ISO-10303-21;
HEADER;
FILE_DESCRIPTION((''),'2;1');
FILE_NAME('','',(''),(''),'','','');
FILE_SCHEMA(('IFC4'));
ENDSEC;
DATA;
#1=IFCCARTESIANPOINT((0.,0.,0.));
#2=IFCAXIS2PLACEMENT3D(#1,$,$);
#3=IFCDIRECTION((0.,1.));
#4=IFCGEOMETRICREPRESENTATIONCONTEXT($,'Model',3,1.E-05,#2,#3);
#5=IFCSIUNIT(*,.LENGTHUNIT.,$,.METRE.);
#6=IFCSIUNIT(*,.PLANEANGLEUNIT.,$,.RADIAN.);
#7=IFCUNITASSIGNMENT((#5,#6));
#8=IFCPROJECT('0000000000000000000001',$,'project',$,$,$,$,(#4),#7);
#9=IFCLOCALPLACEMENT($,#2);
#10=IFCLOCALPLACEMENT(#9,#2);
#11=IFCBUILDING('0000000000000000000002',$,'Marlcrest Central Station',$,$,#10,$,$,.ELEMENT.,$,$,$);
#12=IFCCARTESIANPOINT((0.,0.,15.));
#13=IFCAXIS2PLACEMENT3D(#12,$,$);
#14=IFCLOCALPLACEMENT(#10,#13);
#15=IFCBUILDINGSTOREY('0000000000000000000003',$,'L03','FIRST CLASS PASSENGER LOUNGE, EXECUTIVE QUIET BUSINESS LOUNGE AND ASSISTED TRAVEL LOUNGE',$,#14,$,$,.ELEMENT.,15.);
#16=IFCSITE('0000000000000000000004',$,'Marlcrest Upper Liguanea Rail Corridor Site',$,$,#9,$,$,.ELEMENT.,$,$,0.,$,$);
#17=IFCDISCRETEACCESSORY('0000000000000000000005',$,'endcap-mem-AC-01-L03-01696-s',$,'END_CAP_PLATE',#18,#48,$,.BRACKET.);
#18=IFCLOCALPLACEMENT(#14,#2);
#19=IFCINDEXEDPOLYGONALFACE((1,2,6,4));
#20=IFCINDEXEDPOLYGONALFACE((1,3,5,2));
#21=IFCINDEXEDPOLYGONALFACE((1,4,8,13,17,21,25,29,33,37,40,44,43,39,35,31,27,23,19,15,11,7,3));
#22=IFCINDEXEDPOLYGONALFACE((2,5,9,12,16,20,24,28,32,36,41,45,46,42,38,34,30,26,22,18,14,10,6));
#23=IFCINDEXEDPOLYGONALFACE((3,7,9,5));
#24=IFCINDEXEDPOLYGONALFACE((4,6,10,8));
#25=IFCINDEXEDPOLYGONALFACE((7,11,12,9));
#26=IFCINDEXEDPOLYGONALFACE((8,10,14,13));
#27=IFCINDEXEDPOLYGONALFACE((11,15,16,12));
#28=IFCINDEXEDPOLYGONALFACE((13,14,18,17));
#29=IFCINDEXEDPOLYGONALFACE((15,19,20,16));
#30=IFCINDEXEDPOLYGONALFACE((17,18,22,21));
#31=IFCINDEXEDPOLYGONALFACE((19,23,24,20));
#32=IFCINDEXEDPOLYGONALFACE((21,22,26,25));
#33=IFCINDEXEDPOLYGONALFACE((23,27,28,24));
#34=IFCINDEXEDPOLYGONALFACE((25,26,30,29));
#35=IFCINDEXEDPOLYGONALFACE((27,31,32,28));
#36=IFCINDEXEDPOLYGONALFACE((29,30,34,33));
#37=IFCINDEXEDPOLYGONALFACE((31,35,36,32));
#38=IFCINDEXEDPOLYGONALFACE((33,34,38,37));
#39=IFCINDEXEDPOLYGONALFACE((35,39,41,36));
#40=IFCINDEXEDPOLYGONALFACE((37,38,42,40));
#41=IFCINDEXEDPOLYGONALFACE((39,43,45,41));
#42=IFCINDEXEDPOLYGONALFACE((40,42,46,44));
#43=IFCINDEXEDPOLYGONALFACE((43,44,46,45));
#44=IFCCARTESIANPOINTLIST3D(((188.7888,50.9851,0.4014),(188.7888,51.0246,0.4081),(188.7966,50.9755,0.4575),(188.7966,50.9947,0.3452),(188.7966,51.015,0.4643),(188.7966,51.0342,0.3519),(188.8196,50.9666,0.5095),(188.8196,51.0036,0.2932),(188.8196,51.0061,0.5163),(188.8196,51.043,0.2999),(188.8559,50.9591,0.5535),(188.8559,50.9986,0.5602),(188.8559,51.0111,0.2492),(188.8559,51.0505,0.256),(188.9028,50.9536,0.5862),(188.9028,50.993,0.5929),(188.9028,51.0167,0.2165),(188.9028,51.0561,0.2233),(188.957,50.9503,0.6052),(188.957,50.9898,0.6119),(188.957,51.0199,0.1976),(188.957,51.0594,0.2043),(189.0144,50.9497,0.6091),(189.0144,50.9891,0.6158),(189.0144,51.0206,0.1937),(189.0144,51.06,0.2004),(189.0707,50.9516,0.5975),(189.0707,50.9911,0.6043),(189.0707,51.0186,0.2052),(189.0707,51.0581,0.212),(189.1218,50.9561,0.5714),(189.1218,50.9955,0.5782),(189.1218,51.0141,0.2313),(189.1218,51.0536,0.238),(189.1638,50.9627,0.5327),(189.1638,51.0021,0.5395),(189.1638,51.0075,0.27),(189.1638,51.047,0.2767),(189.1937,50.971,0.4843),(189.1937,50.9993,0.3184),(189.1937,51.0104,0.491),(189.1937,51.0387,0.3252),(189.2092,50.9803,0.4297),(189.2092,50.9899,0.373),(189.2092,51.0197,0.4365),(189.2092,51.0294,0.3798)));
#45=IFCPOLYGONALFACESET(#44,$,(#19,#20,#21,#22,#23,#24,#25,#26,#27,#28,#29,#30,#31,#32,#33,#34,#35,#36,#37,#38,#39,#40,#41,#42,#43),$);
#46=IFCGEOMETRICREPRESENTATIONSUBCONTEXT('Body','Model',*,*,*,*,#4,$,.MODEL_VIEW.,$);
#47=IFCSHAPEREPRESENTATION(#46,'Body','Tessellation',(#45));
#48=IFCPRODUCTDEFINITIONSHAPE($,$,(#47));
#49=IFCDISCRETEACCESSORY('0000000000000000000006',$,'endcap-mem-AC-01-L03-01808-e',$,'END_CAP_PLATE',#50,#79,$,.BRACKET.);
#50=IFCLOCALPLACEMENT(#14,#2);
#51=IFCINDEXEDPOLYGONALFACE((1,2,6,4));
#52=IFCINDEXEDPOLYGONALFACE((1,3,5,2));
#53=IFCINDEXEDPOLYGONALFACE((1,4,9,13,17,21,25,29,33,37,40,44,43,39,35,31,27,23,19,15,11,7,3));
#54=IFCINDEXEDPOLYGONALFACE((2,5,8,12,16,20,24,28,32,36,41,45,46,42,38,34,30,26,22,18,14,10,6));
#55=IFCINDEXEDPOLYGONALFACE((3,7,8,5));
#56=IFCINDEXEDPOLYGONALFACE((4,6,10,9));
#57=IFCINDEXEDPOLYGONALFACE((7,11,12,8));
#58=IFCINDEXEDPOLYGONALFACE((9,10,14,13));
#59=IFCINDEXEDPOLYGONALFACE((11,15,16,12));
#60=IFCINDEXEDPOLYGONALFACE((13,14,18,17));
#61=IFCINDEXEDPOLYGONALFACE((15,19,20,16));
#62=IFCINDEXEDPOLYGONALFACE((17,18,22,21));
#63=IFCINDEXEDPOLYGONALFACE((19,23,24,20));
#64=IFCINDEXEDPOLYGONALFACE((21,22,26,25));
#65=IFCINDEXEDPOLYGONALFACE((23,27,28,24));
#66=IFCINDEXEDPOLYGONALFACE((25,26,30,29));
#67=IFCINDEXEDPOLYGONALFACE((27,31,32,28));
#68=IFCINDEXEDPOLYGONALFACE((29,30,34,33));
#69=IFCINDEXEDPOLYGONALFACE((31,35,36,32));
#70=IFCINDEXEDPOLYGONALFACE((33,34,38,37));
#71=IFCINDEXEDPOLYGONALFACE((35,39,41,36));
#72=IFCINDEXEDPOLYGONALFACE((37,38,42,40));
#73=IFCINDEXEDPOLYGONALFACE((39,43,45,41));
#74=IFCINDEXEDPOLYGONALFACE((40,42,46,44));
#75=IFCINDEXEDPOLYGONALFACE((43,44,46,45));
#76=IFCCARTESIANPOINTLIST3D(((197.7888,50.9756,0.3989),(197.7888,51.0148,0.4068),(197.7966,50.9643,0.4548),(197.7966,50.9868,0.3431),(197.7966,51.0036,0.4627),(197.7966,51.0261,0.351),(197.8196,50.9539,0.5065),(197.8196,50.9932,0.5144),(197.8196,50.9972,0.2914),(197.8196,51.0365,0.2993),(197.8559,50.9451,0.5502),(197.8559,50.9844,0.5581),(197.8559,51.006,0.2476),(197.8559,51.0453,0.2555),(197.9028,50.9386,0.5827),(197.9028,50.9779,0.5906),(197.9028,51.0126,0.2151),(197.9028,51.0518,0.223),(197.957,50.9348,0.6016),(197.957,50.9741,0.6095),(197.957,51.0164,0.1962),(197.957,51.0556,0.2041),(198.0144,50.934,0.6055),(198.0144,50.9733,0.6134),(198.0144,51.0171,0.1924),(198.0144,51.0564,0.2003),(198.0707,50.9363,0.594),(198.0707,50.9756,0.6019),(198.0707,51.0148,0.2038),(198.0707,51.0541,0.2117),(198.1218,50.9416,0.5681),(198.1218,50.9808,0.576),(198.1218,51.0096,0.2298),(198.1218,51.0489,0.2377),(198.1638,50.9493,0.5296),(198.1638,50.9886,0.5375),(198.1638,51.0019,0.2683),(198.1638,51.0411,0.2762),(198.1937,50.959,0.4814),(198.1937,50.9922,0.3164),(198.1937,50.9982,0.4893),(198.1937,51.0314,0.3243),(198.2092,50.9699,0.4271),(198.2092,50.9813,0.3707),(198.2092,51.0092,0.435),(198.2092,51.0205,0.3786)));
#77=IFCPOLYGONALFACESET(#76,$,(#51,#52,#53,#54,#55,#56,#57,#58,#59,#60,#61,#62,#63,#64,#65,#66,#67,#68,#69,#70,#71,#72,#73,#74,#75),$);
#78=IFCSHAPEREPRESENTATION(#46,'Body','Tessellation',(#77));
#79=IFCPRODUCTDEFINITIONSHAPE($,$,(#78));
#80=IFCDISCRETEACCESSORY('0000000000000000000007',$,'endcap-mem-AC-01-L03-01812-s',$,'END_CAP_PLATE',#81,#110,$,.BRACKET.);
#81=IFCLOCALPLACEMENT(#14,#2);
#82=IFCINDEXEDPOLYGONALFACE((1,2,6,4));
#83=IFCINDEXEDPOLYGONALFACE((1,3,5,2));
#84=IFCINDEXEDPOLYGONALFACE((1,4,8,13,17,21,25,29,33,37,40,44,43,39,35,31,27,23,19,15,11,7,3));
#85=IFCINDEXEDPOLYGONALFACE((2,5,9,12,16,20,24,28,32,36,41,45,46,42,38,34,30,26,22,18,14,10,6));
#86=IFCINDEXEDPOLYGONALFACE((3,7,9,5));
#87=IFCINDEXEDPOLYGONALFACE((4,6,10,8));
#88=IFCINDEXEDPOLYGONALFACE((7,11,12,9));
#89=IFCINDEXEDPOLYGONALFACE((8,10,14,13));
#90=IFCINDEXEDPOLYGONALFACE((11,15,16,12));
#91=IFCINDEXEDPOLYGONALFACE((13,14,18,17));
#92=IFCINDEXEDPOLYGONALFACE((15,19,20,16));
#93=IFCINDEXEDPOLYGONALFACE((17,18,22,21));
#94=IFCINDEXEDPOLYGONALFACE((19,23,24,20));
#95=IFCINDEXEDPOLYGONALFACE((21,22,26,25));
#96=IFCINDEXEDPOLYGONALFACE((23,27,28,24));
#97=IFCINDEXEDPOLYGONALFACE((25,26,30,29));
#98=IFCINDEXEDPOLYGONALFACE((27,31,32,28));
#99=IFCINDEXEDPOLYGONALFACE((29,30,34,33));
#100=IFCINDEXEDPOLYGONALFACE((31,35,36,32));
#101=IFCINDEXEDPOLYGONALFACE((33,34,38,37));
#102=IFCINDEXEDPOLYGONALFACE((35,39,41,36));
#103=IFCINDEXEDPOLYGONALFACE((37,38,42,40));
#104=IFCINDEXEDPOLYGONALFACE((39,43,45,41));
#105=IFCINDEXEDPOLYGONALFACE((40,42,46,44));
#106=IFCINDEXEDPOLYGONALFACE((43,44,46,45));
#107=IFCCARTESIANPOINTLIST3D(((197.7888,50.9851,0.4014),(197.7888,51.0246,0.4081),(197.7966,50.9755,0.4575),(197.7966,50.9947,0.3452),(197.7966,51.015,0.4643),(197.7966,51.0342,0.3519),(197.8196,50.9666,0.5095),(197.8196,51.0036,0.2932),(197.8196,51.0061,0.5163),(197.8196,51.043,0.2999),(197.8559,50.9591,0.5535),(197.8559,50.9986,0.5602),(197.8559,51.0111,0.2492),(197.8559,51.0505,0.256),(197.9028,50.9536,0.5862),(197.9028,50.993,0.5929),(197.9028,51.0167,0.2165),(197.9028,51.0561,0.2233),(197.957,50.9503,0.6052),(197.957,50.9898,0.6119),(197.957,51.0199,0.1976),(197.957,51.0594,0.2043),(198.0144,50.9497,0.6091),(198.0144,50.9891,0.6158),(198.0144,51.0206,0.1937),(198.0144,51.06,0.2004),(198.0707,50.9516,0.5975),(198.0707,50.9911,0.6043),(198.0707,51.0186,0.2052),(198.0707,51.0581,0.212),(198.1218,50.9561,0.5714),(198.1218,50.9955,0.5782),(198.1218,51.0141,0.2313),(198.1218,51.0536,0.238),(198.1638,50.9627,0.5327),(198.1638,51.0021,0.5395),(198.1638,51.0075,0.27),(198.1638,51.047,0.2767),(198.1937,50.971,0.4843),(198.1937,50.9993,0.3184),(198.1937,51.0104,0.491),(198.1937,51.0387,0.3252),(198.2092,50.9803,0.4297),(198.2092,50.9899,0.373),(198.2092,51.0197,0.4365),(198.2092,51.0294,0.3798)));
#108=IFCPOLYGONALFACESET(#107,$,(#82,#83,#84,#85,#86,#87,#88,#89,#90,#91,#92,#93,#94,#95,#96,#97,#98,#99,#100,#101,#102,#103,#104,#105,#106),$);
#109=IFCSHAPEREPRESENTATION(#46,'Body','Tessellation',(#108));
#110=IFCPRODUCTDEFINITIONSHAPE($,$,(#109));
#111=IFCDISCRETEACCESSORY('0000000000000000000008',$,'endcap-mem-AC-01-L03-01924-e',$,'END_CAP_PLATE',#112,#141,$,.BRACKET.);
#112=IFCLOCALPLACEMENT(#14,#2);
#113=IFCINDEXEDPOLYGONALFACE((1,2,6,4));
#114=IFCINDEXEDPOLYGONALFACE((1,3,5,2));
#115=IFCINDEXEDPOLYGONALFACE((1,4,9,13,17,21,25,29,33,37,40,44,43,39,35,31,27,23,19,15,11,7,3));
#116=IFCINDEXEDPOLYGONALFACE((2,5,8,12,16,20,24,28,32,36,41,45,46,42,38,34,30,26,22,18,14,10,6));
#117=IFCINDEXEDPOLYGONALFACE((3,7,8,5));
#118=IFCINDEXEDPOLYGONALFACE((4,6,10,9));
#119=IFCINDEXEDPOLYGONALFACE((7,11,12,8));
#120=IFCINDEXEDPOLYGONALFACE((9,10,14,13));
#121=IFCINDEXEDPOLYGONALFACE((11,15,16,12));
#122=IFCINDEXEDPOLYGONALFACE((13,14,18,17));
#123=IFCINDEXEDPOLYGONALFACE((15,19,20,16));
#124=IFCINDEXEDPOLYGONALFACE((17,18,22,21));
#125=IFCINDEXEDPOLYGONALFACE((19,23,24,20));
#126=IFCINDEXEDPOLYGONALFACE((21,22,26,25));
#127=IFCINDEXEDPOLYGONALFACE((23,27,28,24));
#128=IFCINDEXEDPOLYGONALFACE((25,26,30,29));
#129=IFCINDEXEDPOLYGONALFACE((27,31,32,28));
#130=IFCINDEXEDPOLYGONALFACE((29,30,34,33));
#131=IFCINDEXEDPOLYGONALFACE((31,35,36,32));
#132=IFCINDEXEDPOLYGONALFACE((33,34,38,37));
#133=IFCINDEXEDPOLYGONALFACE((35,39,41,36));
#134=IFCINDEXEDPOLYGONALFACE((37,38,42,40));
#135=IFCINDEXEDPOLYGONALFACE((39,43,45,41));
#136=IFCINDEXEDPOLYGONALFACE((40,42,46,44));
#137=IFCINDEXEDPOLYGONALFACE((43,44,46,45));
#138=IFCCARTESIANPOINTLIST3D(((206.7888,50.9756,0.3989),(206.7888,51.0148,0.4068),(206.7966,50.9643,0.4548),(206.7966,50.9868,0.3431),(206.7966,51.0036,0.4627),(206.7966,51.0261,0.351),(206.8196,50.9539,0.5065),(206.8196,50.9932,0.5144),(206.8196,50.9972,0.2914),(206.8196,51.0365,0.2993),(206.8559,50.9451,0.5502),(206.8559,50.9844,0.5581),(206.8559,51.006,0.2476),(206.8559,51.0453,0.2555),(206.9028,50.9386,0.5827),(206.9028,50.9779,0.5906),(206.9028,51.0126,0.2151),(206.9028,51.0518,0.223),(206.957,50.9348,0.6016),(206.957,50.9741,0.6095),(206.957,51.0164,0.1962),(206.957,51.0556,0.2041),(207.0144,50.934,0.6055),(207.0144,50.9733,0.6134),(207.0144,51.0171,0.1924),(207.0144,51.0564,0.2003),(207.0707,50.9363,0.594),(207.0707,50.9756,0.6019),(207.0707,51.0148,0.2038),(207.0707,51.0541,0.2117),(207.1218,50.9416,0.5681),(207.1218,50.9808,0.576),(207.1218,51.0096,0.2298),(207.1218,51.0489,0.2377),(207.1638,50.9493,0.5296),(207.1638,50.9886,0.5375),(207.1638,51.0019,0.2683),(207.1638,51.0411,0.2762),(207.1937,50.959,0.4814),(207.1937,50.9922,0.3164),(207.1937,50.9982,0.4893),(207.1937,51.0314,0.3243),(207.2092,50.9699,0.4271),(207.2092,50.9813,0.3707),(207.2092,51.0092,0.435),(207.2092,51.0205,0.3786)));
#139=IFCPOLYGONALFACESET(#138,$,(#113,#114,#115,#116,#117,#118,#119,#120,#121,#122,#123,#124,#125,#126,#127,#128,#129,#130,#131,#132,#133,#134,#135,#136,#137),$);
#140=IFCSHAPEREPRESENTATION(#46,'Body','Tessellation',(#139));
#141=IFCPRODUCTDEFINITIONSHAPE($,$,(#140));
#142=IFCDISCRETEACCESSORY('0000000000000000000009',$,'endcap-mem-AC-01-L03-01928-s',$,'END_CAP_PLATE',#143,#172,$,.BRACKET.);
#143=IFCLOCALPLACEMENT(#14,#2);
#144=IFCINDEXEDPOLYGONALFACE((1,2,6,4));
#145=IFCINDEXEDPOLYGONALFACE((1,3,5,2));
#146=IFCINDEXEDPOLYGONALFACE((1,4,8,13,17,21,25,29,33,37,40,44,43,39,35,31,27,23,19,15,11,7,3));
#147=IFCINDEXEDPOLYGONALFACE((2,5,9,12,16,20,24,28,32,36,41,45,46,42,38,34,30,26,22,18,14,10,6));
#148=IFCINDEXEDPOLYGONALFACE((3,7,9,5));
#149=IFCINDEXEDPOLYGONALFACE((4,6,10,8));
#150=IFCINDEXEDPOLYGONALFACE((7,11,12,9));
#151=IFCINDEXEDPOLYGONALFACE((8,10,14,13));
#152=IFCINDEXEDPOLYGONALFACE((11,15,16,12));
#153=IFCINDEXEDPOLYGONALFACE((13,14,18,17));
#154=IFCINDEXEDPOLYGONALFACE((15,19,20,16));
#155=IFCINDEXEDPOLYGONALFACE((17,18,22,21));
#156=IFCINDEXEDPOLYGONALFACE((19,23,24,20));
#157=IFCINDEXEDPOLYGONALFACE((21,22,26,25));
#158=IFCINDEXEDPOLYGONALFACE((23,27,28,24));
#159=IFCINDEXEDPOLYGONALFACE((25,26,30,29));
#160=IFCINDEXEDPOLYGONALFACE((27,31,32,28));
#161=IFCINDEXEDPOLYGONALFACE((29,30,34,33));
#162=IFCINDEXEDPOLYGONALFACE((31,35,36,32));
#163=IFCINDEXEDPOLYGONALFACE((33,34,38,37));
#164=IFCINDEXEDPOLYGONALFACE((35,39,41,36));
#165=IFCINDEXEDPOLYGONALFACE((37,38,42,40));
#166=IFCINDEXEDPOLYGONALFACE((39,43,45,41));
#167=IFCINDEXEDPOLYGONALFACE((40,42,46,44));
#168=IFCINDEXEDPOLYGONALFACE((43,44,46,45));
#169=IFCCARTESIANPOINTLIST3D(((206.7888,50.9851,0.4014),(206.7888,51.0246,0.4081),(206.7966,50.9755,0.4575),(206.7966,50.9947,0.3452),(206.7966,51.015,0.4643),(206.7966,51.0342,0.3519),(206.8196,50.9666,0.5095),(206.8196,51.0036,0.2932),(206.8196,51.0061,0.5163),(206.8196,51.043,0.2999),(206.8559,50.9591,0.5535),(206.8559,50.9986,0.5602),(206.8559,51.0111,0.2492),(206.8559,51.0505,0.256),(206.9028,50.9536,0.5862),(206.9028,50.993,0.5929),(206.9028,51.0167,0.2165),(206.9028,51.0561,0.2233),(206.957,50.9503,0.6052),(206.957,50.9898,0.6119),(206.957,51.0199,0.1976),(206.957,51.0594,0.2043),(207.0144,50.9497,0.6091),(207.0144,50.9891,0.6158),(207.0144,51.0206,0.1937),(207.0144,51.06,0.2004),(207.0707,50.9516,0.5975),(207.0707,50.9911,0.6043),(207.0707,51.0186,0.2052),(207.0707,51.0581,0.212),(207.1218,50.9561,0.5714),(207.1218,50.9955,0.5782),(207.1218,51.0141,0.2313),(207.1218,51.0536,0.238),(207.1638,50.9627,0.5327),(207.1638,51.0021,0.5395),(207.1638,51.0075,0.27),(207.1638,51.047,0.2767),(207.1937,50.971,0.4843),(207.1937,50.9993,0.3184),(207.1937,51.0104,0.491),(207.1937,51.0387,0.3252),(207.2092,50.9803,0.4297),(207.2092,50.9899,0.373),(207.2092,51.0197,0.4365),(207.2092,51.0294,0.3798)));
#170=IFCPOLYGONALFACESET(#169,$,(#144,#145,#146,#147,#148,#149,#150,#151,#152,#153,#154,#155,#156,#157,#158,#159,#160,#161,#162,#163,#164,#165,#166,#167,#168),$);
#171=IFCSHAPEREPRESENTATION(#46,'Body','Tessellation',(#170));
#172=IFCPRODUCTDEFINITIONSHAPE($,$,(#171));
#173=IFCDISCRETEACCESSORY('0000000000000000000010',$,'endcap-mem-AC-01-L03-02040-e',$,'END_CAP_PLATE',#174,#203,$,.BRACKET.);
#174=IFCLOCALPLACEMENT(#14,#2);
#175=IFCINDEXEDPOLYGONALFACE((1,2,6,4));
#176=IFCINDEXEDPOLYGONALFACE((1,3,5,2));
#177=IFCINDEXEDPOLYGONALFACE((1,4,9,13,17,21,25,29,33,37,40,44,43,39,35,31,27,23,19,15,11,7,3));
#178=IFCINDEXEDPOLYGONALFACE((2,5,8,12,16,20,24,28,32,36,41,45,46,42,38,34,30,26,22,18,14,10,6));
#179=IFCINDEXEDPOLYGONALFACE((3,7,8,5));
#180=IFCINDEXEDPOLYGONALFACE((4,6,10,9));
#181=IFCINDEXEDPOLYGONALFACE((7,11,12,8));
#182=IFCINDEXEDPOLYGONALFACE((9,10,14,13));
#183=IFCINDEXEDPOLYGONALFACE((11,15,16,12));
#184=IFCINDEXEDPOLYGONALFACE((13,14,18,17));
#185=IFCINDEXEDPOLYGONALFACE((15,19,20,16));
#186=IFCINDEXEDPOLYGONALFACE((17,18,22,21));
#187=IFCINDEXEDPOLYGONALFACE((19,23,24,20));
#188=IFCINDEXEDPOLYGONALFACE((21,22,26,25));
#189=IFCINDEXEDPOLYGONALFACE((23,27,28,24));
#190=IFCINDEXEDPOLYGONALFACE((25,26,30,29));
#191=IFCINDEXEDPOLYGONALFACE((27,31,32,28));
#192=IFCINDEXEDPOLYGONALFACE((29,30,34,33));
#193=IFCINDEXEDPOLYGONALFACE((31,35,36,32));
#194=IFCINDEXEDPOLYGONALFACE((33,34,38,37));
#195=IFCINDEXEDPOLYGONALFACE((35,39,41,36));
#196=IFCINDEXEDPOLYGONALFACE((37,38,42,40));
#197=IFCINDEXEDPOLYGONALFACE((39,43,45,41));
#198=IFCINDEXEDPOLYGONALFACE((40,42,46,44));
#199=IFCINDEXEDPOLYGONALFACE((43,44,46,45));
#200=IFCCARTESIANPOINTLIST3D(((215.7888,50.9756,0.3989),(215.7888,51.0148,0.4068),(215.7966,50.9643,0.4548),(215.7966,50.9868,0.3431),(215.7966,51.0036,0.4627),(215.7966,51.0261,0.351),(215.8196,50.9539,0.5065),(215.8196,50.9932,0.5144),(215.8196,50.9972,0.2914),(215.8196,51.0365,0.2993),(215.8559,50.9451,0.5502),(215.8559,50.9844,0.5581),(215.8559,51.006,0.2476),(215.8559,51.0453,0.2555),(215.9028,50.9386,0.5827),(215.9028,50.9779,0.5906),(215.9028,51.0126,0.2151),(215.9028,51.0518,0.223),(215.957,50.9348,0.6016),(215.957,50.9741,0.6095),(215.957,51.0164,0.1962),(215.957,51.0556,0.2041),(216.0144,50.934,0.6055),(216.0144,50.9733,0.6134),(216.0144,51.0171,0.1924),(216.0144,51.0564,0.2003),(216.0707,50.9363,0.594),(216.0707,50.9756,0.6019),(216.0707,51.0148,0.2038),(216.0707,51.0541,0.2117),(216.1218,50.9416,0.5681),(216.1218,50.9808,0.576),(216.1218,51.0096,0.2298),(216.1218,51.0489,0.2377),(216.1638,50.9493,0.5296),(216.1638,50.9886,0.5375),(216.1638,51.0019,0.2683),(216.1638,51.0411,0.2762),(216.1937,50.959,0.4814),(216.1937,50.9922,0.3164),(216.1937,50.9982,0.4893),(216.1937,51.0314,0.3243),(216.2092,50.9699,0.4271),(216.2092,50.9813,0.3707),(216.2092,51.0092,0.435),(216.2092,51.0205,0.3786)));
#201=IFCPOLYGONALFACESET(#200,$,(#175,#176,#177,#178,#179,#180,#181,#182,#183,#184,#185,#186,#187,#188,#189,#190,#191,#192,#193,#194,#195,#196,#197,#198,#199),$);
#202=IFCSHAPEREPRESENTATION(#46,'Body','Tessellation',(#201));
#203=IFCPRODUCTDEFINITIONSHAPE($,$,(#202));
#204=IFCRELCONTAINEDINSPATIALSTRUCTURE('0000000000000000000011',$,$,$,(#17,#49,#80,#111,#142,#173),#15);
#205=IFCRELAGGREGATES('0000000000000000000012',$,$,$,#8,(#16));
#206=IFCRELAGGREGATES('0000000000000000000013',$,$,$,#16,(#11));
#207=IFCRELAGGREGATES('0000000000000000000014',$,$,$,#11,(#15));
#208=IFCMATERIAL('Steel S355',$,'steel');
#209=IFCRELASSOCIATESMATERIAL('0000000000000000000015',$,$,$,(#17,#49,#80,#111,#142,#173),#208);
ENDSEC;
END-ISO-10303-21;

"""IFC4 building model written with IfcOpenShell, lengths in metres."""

from ifc_helpers import new_model, si_unit, direction, frame, origin, origin_2d, place, context, subcontext, project, spatial, circle, extrude, material, element, save


model = new_model("IFC4")

# Units and contexts
model_context = context("Model", 3, precision=1e-05, world=origin(), true_north=direction((0.0, 1.0)))
body_context = subcontext(model_context, "Body", "Model", "MODEL_VIEW")
ifc_project = project(units=[si_unit("LENGTHUNIT", "METRE"), si_unit("PLANEANGLEUNIT", "RADIAN")], contexts=[model_context])

# Site, building, storey
site_placement = place(None, origin())
site = spatial("IfcSite", under=ifc_project, at=site_placement, Name="Marlcrest Upper Liguanea Rail Corridor Site", CompositionType="ELEMENT", RefElevation=0.0)
building_placement = place(site_placement, origin())
building = spatial("IfcBuilding", under=site, at=building_placement, Name="Marlcrest Central Station", CompositionType="ELEMENT")
storey_placement = place(building_placement, frame((0.0, 0.0, 15.0)))
storey = spatial("IfcBuildingStorey", under=building, at=storey_placement, Name="L03", Description="FIRST CLASS PASSENGER LOUNGE, EXECUTIVE QUIET BUSINESS LOUNGE AND ASSISTED TRAVEL LOUNGE", CompositionType="ELEMENT", Elevation=15.0)

# Shared definitions
ifc_material_1 = material(Name="Steel S355", Category="steel")

# Discrete accessories
for number, where, z_axis, x_axis, name in (
    (1, (189.0, 50.9851, 0.4014), (0.0, 0.985741, 0.168269), (-1.0, 0.0, 0.0), "endcap-mem-AC-01-L03-01696-s"),
    (2, (198.0, 50.9756, 0.3989), (0.0, 0.980359, 0.197219), (-1.0, 0.0, 0.0), "endcap-mem-AC-01-L03-01808-e"),
    (3, (198.0, 50.9851, 0.4014), (0.0, 0.985741, 0.168269), (-1.0, 0.0, 0.0), "endcap-mem-AC-01-L03-01812-s"),
    (4, (207.0, 50.9756, 0.3989), (0.0, 0.980359, 0.197219), (-1.0, 0.0, 0.0), "endcap-mem-AC-01-L03-01924-e"),
    (5, (207.0, 50.9851, 0.4014), (0.0, 0.985741, 0.168269), (-1.0, 0.0, 0.0), "endcap-mem-AC-01-L03-01928-s"),
    (6, (216.0, 50.9756, 0.3989), (0.0, 0.980359, 0.197219), (-1.0, 0.0, 0.0), "endcap-mem-AC-01-L03-02040-e"),
):
    element("IfcDiscreteAccessory", number, at=place(storey_placement, frame(where, z_axis=z_axis, x_axis=x_axis)), inside=storey, material=ifc_material_1, Name=name, ObjectType="END_CAP_PLATE", PredefinedType="BRACKET", context=body_context, shape_type="SweptSolid", body=[
        extrude(circle(Radius=0.2112, at=origin_2d()), origin(), (0.0, 0.0, 1.0), 0.04),
    ])

save(model, "model.ifc")
